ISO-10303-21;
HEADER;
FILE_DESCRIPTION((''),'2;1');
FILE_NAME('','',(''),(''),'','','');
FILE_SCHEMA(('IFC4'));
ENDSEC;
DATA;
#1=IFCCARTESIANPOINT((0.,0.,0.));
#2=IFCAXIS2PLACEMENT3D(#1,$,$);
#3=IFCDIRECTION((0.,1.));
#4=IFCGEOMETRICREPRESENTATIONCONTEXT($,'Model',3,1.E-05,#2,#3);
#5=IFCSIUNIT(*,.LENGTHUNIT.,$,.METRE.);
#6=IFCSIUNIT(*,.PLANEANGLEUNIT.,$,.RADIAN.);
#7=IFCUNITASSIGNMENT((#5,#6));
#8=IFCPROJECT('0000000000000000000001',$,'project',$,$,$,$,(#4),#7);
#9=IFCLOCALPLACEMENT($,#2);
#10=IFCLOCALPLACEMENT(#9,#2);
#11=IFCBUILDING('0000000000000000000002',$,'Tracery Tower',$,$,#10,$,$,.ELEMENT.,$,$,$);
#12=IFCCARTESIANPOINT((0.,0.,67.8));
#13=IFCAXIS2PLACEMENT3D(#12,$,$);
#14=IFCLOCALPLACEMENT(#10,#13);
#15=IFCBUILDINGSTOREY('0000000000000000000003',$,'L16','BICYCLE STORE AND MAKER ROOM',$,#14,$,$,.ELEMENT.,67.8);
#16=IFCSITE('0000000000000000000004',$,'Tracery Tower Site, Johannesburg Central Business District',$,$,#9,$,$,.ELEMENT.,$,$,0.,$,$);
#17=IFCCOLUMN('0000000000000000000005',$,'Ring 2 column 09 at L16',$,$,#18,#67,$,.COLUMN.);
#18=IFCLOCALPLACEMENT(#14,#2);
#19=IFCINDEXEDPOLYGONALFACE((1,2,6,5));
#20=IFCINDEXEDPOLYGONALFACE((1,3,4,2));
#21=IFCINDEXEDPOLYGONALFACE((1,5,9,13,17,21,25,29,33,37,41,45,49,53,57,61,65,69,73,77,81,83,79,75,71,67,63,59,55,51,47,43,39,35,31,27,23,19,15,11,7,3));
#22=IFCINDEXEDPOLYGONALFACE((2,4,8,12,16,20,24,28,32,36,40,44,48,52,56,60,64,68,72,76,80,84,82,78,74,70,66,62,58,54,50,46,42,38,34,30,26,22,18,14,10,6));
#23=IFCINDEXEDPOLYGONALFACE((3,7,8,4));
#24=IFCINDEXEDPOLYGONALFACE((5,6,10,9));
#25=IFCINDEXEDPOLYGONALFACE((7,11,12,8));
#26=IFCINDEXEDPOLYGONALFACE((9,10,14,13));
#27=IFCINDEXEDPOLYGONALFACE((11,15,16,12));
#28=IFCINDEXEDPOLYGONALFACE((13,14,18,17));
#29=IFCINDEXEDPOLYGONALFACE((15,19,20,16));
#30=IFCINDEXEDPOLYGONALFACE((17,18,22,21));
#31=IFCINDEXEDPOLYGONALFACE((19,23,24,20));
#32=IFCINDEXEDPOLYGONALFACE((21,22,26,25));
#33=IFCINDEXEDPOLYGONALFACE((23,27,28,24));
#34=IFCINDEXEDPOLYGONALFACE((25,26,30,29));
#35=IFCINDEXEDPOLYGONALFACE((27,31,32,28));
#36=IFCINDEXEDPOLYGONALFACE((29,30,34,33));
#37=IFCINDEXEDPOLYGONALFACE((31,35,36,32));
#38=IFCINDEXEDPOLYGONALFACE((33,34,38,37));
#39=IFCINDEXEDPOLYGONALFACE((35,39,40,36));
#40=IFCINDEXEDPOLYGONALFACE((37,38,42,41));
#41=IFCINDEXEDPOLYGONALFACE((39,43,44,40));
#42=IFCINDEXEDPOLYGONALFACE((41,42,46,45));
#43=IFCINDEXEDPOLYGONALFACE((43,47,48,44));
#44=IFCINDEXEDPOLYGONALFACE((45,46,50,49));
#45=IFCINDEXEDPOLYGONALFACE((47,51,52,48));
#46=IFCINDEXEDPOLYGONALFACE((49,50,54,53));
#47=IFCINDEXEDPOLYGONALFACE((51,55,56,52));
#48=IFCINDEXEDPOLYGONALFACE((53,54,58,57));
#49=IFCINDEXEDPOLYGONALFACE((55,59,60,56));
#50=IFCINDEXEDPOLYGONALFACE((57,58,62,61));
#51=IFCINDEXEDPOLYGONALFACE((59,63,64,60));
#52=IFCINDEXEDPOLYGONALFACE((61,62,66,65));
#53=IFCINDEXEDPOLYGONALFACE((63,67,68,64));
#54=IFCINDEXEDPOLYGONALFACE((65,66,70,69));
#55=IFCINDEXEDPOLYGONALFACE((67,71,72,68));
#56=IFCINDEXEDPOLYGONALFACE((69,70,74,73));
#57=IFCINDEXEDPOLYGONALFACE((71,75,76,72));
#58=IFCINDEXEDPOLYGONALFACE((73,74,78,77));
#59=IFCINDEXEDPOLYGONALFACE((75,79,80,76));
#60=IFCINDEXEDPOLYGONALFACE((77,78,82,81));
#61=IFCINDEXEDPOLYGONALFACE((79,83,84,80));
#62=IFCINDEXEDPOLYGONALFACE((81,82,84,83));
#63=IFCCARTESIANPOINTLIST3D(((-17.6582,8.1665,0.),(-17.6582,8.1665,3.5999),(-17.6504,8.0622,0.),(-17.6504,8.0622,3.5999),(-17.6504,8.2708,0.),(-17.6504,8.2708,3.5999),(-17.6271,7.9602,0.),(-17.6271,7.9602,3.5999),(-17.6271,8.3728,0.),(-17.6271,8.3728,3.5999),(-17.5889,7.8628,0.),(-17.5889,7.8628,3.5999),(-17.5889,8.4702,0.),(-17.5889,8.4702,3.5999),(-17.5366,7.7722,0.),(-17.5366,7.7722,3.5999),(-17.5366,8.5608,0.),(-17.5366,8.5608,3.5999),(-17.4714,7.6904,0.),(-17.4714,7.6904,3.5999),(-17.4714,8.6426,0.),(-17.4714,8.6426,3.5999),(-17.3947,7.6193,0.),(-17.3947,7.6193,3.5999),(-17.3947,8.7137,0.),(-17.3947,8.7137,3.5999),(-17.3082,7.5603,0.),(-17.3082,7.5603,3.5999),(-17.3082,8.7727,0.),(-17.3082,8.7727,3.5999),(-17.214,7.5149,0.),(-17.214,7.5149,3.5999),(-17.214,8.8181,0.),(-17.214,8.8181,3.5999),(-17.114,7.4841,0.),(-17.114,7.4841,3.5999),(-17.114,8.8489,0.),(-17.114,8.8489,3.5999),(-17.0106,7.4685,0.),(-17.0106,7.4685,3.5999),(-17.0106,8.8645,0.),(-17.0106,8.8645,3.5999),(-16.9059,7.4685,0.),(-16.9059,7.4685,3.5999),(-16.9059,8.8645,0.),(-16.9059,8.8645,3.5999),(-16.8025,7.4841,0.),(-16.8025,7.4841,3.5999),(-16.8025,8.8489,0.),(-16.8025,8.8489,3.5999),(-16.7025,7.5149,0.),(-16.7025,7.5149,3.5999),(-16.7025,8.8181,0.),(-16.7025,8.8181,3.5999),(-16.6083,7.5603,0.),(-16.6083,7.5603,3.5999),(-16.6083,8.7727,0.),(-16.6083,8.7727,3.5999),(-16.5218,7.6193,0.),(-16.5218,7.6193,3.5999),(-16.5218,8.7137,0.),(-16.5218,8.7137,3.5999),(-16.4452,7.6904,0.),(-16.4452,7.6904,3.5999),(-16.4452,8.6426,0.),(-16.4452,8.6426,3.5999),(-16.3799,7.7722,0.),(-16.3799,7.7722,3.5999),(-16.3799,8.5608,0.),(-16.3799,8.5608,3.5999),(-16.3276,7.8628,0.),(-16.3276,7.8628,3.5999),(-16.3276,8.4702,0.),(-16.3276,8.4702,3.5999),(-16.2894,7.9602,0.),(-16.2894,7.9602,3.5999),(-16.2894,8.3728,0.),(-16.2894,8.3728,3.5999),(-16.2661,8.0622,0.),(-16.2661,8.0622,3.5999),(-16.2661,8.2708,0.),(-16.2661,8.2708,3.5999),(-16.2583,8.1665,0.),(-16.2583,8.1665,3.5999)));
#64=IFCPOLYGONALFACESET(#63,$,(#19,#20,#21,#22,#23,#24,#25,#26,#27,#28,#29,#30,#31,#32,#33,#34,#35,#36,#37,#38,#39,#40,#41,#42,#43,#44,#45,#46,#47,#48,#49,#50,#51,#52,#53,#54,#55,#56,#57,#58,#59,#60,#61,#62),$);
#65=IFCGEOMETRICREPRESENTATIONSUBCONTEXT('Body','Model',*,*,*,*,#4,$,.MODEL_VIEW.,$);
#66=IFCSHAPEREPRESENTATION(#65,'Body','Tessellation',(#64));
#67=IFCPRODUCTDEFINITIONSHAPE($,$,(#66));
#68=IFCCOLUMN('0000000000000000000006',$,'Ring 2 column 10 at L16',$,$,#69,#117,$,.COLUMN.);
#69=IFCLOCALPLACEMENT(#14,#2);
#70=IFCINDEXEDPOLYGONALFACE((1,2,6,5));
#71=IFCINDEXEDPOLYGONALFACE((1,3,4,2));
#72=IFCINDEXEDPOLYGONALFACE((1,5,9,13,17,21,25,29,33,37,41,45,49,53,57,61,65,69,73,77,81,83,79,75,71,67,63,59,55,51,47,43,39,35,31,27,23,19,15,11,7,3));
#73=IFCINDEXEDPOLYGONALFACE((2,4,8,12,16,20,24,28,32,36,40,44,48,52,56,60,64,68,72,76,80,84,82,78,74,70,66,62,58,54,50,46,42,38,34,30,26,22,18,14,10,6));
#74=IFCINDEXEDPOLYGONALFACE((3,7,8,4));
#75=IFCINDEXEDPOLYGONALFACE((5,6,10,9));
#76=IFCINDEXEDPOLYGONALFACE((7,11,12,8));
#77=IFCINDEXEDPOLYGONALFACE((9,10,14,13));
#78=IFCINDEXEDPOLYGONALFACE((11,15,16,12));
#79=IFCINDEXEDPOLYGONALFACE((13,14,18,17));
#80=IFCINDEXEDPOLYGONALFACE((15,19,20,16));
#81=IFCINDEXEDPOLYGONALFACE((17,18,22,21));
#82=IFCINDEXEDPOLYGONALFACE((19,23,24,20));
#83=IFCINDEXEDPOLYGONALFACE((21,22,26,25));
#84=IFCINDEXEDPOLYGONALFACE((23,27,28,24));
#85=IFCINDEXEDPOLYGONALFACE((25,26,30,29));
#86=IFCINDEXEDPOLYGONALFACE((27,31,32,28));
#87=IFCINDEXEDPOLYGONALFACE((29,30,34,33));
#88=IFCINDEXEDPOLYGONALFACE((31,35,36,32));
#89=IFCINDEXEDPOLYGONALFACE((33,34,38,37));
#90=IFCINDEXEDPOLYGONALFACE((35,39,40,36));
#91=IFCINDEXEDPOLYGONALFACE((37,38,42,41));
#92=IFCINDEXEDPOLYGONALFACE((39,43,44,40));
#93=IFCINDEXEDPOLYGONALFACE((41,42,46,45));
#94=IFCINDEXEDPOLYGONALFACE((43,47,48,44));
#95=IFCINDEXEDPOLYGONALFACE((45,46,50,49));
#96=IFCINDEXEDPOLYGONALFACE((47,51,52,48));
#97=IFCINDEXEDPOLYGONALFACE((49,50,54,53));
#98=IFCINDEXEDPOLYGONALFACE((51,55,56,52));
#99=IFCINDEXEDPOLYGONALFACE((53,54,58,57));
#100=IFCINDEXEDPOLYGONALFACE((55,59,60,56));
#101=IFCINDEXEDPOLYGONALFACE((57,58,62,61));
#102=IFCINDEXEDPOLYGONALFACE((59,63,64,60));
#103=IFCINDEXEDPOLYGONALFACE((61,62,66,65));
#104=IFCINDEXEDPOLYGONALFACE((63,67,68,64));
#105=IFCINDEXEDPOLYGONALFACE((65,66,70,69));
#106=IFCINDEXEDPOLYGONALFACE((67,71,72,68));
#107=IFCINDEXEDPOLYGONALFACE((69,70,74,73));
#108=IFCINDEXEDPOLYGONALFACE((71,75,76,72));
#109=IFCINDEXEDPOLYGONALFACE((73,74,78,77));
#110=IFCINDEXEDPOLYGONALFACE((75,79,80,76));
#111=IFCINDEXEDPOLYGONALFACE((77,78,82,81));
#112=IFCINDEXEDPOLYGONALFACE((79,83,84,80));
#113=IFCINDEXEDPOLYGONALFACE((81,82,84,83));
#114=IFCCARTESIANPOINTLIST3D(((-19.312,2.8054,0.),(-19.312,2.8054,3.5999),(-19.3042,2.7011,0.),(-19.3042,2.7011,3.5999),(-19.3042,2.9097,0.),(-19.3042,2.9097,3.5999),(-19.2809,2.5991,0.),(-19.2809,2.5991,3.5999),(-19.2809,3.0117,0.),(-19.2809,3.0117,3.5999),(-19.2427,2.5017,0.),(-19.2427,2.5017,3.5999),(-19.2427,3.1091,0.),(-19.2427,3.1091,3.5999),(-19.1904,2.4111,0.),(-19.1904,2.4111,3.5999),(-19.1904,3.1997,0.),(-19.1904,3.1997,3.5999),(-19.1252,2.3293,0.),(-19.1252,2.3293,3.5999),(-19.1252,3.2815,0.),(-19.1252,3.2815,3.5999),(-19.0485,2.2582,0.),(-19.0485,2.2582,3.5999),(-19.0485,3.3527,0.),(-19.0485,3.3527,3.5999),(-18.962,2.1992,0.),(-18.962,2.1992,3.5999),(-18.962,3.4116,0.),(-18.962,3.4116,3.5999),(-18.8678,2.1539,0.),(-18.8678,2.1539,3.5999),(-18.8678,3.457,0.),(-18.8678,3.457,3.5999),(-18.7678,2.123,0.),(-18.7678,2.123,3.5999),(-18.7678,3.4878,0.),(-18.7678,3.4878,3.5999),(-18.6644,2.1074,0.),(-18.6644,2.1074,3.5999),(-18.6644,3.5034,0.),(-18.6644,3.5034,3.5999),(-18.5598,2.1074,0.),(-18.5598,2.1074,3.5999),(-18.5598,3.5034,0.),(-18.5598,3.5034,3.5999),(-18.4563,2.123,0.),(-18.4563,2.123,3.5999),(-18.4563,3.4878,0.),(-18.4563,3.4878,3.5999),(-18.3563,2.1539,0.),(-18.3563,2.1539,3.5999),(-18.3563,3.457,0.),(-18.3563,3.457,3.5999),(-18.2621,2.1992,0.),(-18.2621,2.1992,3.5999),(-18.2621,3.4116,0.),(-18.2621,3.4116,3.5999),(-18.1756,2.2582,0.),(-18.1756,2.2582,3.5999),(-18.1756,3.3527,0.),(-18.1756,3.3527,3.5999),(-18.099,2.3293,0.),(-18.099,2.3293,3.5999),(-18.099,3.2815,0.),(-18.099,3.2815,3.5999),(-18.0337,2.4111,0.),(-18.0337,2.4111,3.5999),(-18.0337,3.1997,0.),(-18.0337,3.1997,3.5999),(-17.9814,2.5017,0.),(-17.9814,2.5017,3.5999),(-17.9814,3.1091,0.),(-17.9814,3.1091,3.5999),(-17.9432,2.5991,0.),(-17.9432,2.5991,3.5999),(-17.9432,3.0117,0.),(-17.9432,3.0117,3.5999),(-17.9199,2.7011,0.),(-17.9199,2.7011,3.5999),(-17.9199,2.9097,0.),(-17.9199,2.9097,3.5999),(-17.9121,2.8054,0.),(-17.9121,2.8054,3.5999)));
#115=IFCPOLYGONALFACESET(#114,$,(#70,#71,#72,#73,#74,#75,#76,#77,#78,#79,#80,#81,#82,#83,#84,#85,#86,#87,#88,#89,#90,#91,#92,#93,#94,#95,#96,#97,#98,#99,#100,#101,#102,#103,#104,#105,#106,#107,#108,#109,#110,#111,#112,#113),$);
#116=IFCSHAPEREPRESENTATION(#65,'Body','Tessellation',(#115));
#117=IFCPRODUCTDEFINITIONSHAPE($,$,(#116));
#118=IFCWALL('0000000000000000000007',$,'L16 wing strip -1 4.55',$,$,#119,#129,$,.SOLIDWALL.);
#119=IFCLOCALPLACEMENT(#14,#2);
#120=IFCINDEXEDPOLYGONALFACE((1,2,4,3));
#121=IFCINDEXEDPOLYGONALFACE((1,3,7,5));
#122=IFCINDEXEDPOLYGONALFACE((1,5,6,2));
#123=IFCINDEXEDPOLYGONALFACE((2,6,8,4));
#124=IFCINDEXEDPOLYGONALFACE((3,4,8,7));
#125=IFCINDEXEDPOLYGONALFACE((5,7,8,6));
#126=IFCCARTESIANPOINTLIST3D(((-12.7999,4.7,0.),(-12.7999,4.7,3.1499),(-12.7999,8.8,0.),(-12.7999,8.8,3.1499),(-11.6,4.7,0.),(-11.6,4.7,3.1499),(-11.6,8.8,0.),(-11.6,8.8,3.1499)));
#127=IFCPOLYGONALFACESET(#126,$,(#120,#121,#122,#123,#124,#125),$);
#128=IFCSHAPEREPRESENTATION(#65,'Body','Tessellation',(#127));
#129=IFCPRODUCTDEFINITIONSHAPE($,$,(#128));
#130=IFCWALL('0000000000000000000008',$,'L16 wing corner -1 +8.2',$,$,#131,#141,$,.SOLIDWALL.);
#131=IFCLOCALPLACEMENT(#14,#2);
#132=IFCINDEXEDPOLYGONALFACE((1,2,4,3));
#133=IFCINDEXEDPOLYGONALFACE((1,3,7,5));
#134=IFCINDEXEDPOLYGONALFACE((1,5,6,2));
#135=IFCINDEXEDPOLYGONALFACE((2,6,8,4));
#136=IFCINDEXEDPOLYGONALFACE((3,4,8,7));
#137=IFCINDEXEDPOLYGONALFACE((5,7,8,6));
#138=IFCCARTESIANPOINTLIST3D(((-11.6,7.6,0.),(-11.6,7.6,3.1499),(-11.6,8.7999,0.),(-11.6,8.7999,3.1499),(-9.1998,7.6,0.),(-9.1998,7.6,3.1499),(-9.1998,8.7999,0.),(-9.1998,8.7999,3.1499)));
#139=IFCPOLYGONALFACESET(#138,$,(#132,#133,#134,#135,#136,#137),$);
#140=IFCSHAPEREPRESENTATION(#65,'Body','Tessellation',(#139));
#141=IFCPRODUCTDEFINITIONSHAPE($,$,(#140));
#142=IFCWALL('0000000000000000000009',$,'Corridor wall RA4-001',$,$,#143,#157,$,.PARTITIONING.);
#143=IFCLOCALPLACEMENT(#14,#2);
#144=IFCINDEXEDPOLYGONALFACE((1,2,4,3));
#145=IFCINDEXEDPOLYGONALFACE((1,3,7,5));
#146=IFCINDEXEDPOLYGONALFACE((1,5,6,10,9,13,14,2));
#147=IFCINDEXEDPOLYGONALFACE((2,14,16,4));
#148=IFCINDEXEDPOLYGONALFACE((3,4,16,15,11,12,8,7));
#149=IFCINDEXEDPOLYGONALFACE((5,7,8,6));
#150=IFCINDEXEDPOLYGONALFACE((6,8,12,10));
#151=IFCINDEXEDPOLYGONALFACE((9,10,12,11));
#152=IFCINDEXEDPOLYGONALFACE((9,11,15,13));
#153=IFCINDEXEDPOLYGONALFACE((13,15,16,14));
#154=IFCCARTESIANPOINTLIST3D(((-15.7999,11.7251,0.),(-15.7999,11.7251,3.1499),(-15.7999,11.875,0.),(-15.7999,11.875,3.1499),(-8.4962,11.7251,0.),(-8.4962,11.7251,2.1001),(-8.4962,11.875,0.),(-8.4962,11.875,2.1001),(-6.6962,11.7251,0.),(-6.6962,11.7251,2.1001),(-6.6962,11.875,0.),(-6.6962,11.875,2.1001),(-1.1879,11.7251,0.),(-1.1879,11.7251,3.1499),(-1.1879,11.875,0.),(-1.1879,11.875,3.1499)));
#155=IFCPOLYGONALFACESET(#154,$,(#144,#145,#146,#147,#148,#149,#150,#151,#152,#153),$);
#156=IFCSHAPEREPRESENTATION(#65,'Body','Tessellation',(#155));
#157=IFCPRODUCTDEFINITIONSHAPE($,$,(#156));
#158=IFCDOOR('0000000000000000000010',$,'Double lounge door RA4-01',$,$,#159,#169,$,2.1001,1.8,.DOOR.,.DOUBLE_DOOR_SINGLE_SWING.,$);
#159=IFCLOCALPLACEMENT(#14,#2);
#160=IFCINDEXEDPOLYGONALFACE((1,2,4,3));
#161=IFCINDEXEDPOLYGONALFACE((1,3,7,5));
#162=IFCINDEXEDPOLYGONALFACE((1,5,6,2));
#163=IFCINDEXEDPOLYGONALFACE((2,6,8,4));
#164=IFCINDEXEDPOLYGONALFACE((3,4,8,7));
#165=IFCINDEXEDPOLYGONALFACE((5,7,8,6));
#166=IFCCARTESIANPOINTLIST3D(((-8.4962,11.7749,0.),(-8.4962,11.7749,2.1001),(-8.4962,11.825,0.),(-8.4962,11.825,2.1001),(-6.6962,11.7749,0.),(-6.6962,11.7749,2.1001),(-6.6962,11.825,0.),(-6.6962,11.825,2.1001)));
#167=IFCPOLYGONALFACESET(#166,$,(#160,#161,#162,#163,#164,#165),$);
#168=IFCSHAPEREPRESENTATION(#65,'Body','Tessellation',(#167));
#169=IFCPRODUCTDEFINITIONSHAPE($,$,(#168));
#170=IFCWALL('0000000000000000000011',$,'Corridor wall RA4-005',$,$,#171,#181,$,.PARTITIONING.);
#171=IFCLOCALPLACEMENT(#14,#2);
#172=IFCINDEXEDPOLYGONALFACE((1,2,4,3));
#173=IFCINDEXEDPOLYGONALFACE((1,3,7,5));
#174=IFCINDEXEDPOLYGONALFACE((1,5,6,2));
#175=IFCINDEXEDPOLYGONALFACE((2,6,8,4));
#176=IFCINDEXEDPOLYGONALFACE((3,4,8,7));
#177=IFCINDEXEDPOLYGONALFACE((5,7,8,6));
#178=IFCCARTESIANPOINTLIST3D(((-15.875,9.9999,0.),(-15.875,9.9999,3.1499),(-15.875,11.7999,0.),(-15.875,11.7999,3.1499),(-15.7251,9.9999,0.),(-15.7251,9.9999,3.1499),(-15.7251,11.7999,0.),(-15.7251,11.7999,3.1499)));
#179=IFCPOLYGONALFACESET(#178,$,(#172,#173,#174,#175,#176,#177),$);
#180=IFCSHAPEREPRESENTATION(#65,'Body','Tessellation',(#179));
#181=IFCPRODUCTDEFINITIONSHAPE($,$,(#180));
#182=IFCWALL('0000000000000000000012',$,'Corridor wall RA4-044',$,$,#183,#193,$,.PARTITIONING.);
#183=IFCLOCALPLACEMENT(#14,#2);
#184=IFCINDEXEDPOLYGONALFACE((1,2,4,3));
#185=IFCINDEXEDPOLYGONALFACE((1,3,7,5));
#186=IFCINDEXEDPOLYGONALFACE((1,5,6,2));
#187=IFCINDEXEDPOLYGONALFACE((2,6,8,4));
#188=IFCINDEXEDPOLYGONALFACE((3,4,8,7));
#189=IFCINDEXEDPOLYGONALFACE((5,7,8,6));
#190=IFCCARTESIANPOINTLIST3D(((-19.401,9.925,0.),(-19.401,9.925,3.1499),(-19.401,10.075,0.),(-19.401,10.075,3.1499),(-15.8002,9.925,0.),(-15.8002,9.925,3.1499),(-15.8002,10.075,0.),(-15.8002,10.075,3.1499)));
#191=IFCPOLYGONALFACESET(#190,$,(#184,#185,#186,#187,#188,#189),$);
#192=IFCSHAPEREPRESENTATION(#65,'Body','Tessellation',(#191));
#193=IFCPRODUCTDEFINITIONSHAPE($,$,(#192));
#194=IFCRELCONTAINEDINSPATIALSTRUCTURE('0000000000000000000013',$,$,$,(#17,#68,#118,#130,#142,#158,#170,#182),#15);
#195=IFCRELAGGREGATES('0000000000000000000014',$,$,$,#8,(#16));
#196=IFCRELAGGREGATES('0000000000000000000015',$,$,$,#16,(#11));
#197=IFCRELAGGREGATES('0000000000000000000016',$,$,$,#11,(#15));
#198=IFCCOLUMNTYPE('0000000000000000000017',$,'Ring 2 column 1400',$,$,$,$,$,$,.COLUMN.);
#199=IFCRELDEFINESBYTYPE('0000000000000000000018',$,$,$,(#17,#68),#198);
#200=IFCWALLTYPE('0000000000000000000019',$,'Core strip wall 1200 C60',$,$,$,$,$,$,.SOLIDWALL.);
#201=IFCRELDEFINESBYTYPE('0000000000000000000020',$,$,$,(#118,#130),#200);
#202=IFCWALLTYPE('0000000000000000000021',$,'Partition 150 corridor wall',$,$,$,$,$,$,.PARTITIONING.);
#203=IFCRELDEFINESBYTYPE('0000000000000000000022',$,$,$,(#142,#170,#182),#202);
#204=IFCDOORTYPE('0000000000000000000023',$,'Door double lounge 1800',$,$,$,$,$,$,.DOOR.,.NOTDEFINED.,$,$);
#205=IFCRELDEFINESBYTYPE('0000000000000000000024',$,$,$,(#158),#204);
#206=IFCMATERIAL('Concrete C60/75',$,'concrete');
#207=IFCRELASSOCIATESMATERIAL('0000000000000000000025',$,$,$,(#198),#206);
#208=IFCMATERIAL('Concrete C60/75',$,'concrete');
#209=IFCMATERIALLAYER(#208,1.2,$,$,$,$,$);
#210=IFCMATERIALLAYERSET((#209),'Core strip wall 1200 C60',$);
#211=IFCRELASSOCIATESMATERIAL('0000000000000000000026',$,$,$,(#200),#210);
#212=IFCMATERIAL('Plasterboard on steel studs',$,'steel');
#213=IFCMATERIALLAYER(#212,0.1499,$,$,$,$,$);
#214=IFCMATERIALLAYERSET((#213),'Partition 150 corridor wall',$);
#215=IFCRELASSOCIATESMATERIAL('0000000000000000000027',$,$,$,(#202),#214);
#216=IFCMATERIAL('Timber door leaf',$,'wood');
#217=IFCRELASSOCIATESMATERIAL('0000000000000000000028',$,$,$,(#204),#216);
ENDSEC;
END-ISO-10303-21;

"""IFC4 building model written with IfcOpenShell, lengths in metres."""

from ifc_helpers import new_model, si_unit, direction, frame, frame_2d, origin, origin_2d, place, context, subcontext, project, spatial, rectangle, circle, extrude, material, layer, layer_set, material_profile, profile_set, type_object, element, fill, save


model = new_model("IFC4")

# Units and contexts
model_context = context("Model", 3, precision=1e-05, world=origin(), true_north=direction((0.0, 1.0)))
body_context = subcontext(model_context, "Body", "Model", "MODEL_VIEW")
ifc_project = project(units=[si_unit("LENGTHUNIT", "METRE"), si_unit("PLANEANGLEUNIT", "RADIAN")], contexts=[model_context])

# Site, building, storey
site_placement = place(None, origin())
site = spatial("IfcSite", under=ifc_project, at=site_placement, Name="Tracery Tower Site, Johannesburg Central Business District", CompositionType="ELEMENT", RefElevation=0.0)
building_placement = place(site_placement, origin())
building = spatial("IfcBuilding", under=site, at=building_placement, Name="Tracery Tower", CompositionType="ELEMENT")
storey_placement = place(building_placement, frame((0.0, 0.0, 67.8)))
storey = spatial("IfcBuildingStorey", under=building, at=storey_placement, Name="L16", Description="BICYCLE STORE AND MAKER ROOM", CompositionType="ELEMENT", Elevation=67.8)

# Columns
ifc_material_1 = material(Name="Concrete C60/75", Category="concrete")
ifc_material_profile = material_profile(ifc_material_1, circle(Radius=0.7, at=origin_2d()), Name="RC D1400")
ifc_profile_set = profile_set([ifc_material_profile], Name="Concrete C60/75")
column_type = type_object("IfcColumnType", Name="Ring 2 column 1400", PredefinedType="COLUMN", material=ifc_profile_set)
for number, where, z_axis, x_axis, name in (
    (1, (-16.9583, 8.1665, 0.0), (0.0, 0.0, 1.0), (1.0, 0.0, 0.0), "Ring 2 column 09 at L16"),
    (2, (-18.6121, 2.8054, 0.0), (0.0, 0.0, 1.0), (1.0, 0.0, 0.0), "Ring 2 column 10 at L16"),
):
    element("IfcColumn", number, at=place(storey_placement, frame(where, z_axis=z_axis, x_axis=x_axis)), inside=storey, type_object=column_type, Name=name, PredefinedType="COLUMN", context=body_context, shape_type="SweptSolid", body=[
        extrude(circle(Radius=0.7, at=origin_2d()), origin(), (0.0, 0.0, 1.0), 3.5999),
    ])

# Walls
ifc_material_2 = material(Name="Concrete C60/75", Category="concrete")
ifc_layer_1 = layer(ifc_material_2, 1.2)
ifc_layer_set_1 = layer_set([ifc_layer_1], Name="Core strip wall 1200 C60")
wall_type_1 = type_object("IfcWallType", Name="Core strip wall 1200 C60", PredefinedType="SOLIDWALL", material=ifc_layer_set_1)
wall_1_placement = place(storey_placement, frame((-12.2, 4.7, 0.0), z_axis=(0.0, 0.0, 1.0), x_axis=(0.0, 1.0, 0.0)))
element("IfcWall", 3, at=wall_1_placement, inside=storey, type_object=wall_type_1, Name="L16 wing strip -1 4.55", PredefinedType="SOLIDWALL", context=body_context, shape_type="SweptSolid", body=[
    extrude(rectangle(XDim=4.1001, YDim=1.2, at=frame_2d((2.05, 0.0))), origin(), (0.0, 0.0, 1.0), 3.1499),
])
wall_2_placement = place(storey_placement, frame((-11.6001, 8.2, 0.0), z_axis=(0.0, 0.0, 1.0), x_axis=(1.0, 0.0, 0.0)))
element("IfcWall", 4, at=wall_2_placement, inside=storey, type_object=wall_type_1, Name="L16 wing corner -1 +8.2", PredefinedType="SOLIDWALL", context=body_context, shape_type="SweptSolid", body=[
    extrude(rectangle(XDim=2.4001, YDim=1.2, at=frame_2d((1.2002, 0.0))), origin(), (0.0, 0.0, 1.0), 3.1499),
])

# Wall, opening, door
ifc_material_3 = material(Name="Plasterboard on steel studs", Category="steel")
ifc_layer_2 = layer(ifc_material_3, 0.1499)
ifc_layer_set_2 = layer_set([ifc_layer_2], Name="Partition 150 corridor wall")
wall_type_2 = type_object("IfcWallType", Name="Partition 150 corridor wall", PredefinedType="PARTITIONING", material=ifc_layer_set_2)
wall_3_placement = place(storey_placement, frame((-15.8, 11.8, 0.0), z_axis=(0.0, 0.0, 1.0), x_axis=(1.0, 0.0, 0.0)))
wall_3 = element("IfcWall", 5, at=wall_3_placement, inside=storey, type_object=wall_type_2, Name="Corridor wall RA4-001", PredefinedType="PARTITIONING", context=body_context, shape_type="SweptSolid", body=[
    extrude(rectangle(XDim=14.6121, YDim=0.1499, at=frame_2d((7.3062, 0.0))), origin(), (0.0, 0.0, 1.0), 3.1499),
])
opening_1_placement = place(wall_3_placement, frame((7.304, 0.0, 0.0)))
opening_1 = element("IfcOpeningElement", 6, at=opening_1_placement, cuts=wall_3, PredefinedType="OPENING", context=body_context, shape_type="SweptSolid", body=[
    extrude(rectangle(XDim=1.8, YDim=2.1001, at=frame_2d((0.8999, 1.05))), frame((0.0, 0.075, 0.0), z_axis=(0.0, -1.0, 0.0), x_axis=(1.0, 0.0, 0.0)), (0.0, 0.0, 1.0), 0.1499),
])
ifc_material_4 = material(Name="Timber door leaf", Category="wood")
door_type_1 = type_object("IfcDoorType", Name="Door double lounge 1800", OperationType="NOTDEFINED", PredefinedType="DOOR", material=ifc_material_4)
door_1_placement = place(opening_1_placement, origin())
door_1 = element("IfcDoor", 7, at=door_1_placement, inside=storey, type_object=door_type_1, Name="Double lounge door RA4-01", OperationType="DOUBLE_DOOR_SINGLE_SWING", OverallHeight=2.1001, OverallWidth=1.8, PredefinedType="DOOR", context=body_context, shape_type="SweptSolid", body=[
    extrude(rectangle(XDim=1.8, YDim=2.1001, at=frame_2d((0.8999, 1.05))), frame((0.0, 0.0249, 0.0), z_axis=(0.0, -1.0, 0.0), x_axis=(1.0, 0.0, 0.0)), (0.0, 0.0, 1.0), 0.05),
])
fill(opening_1, door_1)

# Walls
wall_4_placement = place(storey_placement, frame((-15.8, 10.0, 0.0), z_axis=(0.0, 0.0, 1.0), x_axis=(0.0, 1.0, 0.0)))
element("IfcWall", 8, at=wall_4_placement, inside=storey, type_object=wall_type_2, Name="Corridor wall RA4-005", PredefinedType="PARTITIONING", context=body_context, shape_type="SweptSolid", body=[
    extrude(rectangle(XDim=1.8, YDim=0.1499, at=frame_2d((0.8999, 0.0))), origin(), (0.0, 0.0, 1.0), 3.1499),
])
wall_5_placement = place(storey_placement, frame((-19.4009, 10.0, 0.0), z_axis=(0.0, 0.0, 1.0), x_axis=(1.0, 0.0, 0.0)))
element("IfcWall", 9, at=wall_5_placement, inside=storey, type_object=wall_type_2, Name="Corridor wall RA4-044", PredefinedType="PARTITIONING", context=body_context, shape_type="SweptSolid", body=[
    extrude(rectangle(XDim=3.6008, YDim=0.1499, at=frame_2d((1.8003, 0.0))), origin(), (0.0, 0.0, 1.0), 3.1499),
])

save(model, "model.ifc")
